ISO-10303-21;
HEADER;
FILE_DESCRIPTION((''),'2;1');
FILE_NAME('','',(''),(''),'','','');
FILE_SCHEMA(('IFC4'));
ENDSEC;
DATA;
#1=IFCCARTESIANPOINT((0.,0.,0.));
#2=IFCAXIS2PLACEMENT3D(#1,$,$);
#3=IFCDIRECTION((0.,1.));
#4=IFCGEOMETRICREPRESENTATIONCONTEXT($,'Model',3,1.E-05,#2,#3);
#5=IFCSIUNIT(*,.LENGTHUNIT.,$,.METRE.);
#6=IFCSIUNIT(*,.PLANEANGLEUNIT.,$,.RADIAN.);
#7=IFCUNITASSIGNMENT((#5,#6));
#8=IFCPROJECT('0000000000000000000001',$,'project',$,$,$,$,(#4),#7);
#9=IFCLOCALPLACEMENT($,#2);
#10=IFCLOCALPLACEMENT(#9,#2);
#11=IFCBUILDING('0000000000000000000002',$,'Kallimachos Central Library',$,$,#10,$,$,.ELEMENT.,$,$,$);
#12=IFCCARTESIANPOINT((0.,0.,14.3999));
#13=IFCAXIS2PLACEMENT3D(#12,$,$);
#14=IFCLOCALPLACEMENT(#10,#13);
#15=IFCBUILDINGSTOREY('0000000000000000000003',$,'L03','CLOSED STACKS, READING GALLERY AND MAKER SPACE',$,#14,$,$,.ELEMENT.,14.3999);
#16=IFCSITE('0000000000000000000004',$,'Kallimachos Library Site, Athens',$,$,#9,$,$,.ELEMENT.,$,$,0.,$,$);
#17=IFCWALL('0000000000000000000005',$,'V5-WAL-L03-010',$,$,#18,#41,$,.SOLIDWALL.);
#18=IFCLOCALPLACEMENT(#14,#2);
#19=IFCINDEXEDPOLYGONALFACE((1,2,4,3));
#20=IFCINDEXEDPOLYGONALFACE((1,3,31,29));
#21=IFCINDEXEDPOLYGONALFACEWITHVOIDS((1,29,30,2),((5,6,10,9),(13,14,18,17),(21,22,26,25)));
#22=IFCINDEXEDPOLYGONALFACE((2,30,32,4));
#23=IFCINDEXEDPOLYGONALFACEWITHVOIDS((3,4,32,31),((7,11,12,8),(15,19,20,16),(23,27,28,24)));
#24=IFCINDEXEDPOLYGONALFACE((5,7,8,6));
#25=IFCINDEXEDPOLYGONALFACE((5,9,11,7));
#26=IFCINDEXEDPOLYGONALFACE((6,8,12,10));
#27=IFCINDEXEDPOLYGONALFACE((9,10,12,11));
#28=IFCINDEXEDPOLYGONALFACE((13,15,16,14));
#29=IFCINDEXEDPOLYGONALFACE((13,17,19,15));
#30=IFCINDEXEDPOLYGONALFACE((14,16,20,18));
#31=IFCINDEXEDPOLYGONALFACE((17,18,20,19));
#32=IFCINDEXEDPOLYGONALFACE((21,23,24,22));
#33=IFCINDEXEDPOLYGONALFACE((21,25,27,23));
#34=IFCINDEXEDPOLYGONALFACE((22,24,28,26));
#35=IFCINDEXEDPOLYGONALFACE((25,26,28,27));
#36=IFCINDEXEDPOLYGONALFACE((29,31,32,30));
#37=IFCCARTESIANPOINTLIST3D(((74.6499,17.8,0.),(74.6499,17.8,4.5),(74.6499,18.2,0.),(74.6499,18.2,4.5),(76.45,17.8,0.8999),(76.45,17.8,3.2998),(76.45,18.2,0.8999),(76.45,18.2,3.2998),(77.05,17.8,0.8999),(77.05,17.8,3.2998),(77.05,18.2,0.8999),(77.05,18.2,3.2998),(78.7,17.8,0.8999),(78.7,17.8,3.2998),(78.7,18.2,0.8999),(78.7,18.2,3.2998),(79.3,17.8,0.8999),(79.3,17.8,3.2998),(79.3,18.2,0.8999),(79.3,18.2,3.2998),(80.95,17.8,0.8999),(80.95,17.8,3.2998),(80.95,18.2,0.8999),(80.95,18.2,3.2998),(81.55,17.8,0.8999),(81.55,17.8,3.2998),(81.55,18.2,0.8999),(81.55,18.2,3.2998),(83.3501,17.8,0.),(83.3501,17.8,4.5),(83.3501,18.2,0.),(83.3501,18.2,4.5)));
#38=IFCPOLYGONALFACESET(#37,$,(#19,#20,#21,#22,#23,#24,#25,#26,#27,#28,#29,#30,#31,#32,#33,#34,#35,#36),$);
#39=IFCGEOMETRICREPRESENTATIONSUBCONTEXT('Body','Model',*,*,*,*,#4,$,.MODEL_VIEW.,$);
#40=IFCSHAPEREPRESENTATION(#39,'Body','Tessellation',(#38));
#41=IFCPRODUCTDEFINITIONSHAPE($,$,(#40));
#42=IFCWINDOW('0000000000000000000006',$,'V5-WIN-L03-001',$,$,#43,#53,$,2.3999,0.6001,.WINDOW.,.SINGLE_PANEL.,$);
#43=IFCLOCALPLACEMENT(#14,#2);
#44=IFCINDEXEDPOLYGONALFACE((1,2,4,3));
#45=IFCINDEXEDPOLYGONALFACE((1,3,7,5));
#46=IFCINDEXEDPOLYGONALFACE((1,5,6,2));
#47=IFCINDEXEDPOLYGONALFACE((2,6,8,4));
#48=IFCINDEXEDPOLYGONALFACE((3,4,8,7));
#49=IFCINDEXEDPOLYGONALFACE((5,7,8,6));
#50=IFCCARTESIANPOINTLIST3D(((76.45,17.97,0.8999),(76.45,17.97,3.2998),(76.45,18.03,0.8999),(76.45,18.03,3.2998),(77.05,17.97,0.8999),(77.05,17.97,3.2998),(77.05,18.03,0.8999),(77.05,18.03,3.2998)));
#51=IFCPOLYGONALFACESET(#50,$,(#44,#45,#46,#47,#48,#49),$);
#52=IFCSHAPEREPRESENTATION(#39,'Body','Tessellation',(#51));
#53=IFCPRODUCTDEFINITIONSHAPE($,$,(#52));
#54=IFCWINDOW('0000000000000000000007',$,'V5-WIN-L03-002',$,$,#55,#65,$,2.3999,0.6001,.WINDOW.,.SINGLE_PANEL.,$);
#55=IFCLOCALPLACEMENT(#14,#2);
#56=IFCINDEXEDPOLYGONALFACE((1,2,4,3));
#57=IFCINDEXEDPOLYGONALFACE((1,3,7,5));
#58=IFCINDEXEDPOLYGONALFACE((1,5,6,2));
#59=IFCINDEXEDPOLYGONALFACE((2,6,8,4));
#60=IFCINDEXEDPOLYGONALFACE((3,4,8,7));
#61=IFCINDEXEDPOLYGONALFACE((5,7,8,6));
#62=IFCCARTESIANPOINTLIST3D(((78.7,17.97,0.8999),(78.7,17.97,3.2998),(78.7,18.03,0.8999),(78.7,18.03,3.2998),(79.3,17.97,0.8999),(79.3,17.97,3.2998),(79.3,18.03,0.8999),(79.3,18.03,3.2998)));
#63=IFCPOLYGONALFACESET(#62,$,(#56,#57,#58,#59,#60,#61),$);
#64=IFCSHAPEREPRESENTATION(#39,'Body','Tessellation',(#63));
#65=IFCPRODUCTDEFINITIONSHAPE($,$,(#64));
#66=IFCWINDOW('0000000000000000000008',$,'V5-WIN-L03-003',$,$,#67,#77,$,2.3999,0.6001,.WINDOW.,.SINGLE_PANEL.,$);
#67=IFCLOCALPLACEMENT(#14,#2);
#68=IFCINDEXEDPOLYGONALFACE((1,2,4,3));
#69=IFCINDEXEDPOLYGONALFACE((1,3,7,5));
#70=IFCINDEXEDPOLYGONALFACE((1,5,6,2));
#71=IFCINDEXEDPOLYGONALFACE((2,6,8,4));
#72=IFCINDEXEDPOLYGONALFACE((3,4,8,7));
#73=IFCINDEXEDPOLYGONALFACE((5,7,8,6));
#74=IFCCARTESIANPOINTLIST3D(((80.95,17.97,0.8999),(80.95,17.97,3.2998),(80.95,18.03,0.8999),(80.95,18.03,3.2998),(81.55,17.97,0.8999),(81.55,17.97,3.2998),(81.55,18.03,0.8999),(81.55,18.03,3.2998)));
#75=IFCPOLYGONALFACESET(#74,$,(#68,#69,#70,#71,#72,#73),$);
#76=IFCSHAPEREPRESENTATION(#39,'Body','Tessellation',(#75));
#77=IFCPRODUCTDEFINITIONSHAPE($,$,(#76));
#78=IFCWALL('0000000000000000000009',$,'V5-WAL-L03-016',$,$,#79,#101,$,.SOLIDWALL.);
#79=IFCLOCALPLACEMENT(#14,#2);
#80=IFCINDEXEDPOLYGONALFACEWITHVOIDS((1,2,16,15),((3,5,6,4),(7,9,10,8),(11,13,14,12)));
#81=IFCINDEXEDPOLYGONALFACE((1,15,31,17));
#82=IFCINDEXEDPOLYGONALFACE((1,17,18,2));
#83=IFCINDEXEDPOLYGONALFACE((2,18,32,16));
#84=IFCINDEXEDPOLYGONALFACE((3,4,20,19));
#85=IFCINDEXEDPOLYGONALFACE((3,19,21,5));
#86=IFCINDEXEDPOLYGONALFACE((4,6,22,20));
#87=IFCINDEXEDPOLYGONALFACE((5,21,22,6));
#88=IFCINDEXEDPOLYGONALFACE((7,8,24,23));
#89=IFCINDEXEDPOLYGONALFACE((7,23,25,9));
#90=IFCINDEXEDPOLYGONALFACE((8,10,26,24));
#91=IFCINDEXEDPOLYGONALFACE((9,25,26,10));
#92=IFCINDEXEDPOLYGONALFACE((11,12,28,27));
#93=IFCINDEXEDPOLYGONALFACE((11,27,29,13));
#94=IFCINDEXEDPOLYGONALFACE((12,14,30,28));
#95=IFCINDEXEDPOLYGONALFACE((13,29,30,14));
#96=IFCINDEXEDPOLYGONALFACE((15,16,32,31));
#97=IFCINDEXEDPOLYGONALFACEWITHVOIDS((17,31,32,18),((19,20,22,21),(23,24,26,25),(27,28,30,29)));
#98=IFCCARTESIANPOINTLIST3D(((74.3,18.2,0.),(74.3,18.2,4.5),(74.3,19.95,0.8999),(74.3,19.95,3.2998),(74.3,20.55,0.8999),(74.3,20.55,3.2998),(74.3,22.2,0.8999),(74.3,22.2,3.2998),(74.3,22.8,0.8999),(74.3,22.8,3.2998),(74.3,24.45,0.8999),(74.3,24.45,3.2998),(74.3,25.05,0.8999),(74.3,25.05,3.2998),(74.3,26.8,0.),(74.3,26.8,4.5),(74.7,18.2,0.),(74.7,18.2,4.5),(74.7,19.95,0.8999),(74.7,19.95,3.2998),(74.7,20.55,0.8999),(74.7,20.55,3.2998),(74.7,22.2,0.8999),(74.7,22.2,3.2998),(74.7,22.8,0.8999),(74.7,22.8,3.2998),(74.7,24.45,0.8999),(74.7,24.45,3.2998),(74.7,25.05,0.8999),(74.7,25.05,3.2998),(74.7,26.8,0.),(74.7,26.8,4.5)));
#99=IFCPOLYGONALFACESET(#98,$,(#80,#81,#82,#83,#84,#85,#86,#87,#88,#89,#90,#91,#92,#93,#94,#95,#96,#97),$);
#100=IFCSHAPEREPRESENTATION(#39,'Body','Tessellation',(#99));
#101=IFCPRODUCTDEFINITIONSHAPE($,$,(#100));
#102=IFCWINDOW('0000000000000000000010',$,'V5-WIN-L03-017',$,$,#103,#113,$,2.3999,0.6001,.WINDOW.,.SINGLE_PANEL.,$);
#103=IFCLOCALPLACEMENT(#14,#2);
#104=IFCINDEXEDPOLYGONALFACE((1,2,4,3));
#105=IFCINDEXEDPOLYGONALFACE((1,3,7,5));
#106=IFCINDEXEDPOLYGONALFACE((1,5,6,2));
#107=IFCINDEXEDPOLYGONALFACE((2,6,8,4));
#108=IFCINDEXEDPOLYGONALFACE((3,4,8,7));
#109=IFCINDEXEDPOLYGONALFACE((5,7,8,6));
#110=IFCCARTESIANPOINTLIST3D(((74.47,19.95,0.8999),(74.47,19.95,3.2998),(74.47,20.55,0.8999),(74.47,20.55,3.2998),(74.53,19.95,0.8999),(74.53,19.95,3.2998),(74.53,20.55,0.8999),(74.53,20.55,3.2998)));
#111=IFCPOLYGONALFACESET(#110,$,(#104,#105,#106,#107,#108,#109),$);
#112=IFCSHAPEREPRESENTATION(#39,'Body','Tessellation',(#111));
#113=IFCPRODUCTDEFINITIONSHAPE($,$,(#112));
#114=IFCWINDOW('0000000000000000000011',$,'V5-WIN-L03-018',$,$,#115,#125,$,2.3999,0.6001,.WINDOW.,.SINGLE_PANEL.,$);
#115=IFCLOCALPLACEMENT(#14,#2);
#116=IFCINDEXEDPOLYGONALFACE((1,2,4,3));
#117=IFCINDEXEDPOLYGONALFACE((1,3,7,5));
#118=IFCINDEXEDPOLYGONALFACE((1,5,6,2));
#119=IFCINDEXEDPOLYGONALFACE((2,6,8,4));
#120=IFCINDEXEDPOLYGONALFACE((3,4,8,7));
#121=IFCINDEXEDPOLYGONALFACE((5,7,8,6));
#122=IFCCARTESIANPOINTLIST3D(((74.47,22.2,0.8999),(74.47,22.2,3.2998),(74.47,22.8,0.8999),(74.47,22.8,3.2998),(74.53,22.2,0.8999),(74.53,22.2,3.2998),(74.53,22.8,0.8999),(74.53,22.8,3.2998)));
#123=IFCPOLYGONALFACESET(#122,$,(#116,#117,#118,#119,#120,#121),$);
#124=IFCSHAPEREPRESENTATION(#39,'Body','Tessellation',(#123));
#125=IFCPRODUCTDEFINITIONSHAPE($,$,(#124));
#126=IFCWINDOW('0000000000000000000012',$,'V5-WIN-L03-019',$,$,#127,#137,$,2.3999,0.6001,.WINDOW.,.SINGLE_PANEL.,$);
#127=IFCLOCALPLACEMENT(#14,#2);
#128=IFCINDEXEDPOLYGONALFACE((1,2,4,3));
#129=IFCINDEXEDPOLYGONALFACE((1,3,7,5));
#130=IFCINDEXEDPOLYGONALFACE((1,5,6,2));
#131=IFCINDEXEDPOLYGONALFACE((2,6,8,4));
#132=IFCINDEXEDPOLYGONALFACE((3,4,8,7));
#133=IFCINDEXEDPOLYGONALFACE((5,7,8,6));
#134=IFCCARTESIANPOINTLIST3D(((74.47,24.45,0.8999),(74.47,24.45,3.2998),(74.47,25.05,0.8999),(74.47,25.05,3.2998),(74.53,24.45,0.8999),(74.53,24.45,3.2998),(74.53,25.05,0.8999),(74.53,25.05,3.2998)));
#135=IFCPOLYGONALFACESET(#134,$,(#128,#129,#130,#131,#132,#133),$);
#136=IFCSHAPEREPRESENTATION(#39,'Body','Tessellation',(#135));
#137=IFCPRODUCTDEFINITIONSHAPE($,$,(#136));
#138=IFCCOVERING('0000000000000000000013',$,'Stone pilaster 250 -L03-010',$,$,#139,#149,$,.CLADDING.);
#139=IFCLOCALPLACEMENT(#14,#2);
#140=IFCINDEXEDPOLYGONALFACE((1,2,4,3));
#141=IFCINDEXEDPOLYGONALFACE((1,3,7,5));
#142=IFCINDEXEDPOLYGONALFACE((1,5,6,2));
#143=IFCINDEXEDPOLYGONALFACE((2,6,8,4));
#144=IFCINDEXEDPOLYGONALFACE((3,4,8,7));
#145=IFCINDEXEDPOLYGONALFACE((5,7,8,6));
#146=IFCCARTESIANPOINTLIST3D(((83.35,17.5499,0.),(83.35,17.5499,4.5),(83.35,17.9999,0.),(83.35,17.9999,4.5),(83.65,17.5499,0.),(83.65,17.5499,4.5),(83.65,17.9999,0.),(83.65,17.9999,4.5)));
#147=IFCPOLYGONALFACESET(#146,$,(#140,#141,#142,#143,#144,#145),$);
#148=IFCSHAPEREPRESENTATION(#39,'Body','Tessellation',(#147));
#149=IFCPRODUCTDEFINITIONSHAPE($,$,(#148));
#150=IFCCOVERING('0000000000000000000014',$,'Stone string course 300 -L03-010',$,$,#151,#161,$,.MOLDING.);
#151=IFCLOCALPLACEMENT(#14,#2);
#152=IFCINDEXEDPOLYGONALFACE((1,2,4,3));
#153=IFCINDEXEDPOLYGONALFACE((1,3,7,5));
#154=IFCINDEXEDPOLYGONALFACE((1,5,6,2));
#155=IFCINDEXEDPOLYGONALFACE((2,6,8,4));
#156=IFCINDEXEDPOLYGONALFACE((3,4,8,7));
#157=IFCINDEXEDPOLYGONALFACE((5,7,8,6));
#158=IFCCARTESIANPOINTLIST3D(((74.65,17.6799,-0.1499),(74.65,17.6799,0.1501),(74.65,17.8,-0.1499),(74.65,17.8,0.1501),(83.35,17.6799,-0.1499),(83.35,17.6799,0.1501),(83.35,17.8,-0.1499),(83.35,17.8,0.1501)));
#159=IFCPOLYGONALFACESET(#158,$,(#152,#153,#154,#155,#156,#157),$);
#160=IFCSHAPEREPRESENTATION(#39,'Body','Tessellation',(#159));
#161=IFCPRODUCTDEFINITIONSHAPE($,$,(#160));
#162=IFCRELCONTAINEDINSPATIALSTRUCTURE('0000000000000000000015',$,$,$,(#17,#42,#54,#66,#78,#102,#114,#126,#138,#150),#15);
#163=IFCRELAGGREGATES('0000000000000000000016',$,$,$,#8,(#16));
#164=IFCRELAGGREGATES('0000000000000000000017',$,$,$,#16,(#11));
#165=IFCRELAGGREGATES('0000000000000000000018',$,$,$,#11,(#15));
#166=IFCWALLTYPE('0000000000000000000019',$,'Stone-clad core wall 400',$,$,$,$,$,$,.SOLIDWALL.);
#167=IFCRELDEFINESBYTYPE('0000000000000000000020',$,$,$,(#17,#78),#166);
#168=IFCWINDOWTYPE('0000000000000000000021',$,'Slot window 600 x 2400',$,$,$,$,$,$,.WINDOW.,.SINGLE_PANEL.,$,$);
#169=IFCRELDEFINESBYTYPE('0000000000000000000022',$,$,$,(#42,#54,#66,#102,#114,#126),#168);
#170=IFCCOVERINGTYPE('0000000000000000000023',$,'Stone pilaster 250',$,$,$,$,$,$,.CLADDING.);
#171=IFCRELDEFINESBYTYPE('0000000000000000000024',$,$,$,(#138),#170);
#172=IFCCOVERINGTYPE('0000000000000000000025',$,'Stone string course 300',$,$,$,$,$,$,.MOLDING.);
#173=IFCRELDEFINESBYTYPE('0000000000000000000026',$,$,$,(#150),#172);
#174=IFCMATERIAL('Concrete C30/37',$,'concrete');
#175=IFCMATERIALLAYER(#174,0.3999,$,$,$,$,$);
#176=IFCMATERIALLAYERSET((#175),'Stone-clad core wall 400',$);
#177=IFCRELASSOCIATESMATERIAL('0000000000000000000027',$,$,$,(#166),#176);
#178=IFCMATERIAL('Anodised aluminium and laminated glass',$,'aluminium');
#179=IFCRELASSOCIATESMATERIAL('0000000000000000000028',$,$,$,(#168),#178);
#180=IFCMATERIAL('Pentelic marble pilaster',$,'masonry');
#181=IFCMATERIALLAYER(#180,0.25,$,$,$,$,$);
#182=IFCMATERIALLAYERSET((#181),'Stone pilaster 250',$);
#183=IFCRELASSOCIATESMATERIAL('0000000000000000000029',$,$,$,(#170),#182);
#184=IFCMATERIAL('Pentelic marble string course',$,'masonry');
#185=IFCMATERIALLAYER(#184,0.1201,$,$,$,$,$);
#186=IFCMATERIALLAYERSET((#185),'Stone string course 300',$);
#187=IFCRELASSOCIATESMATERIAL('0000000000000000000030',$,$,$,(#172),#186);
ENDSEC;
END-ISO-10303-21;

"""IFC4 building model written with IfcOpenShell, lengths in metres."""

from ifc_helpers import new_model, si_unit, direction, frame, frame_2d, origin, origin_2d, place, context, subcontext, project, spatial, rectangle, extrude, material, layer, layer_set, type_object, element, fill, save


model = new_model("IFC4")

# Units and contexts
model_context = context("Model", 3, precision=1e-05, world=origin(), true_north=direction((0.0, 1.0)))
body_context = subcontext(model_context, "Body", "Model", "MODEL_VIEW")
ifc_project = project(units=[si_unit("LENGTHUNIT", "METRE"), si_unit("PLANEANGLEUNIT", "RADIAN")], contexts=[model_context])

# Site, building, storey
site_placement = place(None, origin())
site = spatial("IfcSite", under=ifc_project, at=site_placement, Name="Kallimachos Library Site, Athens", CompositionType="ELEMENT", RefElevation=0.0)
building_placement = place(site_placement, origin())
building = spatial("IfcBuilding", under=site, at=building_placement, Name="Kallimachos Central Library", CompositionType="ELEMENT")
storey_placement = place(building_placement, frame((0.0, 0.0, 14.3999)))
storey = spatial("IfcBuildingStorey", under=building, at=storey_placement, Name="L03", Description="CLOSED STACKS, READING GALLERY AND MAKER SPACE", CompositionType="ELEMENT", Elevation=14.3999)

# Walls, openings, windows
ifc_material_1 = material(Name="Concrete C30/37", Category="concrete")
ifc_layer_1 = layer(ifc_material_1, 0.3999)
ifc_layer_set_1 = layer_set([ifc_layer_1], Name="Stone-clad core wall 400")
wall_type_1 = type_object("IfcWallType", Name="Stone-clad core wall 400", PredefinedType="SOLIDWALL", material=ifc_layer_set_1)
wall_1_placement = place(storey_placement, frame((74.6499, 18.0, 0.0), z_axis=(0.0, 0.0, 1.0), x_axis=(1.0, 0.0, 0.0)))
wall_1 = element("IfcWall", 1, at=wall_1_placement, inside=storey, type_object=wall_type_1, Name="V5-WAL-L03-010", PredefinedType="SOLIDWALL", context=body_context, shape_type="SweptSolid", body=[
    extrude(rectangle(XDim=8.7002, YDim=0.3999, at=frame_2d((4.3501, 0.0))), origin(), (0.0, 0.0, 1.0), 4.5),
])
opening_1_placement = place(wall_1_placement, frame((1.8, 0.0, 0.8999)))
opening_1 = element("IfcOpeningElement", 2, at=opening_1_placement, cuts=wall_1, PredefinedType="OPENING", context=body_context, shape_type="SweptSolid", body=[
    extrude(rectangle(XDim=0.6001, YDim=2.3999, at=frame_2d((0.3, 1.2))), frame((0.0, 0.21, 0.0), z_axis=(0.0, -1.0, 0.0), x_axis=(1.0, 0.0, 0.0)), (0.0, 0.0, 1.0), 0.4199),
])
opening_2_placement = place(wall_1_placement, frame((4.05, 0.0, 0.8999)))
opening_2 = element("IfcOpeningElement", 3, at=opening_2_placement, cuts=wall_1, PredefinedType="OPENING", context=body_context, shape_type="SweptSolid", body=[
    extrude(rectangle(XDim=0.6001, YDim=2.3999, at=frame_2d((0.3, 1.2))), frame((0.0, 0.21, 0.0), z_axis=(0.0, -1.0, 0.0), x_axis=(1.0, 0.0, 0.0)), (0.0, 0.0, 1.0), 0.4199),
])
opening_3_placement = place(wall_1_placement, frame((6.3, 0.0, 0.8999)))
opening_3 = element("IfcOpeningElement", 4, at=opening_3_placement, cuts=wall_1, PredefinedType="OPENING", context=body_context, shape_type="SweptSolid", body=[
    extrude(rectangle(XDim=0.6001, YDim=2.3999, at=frame_2d((0.3, 1.2))), frame((0.0, 0.21, 0.0), z_axis=(0.0, -1.0, 0.0), x_axis=(1.0, 0.0, 0.0)), (0.0, 0.0, 1.0), 0.4199),
])
ifc_material_2 = material(Name="Anodised aluminium and laminated glass", Category="aluminium")
window_type = type_object("IfcWindowType", Name="Slot window 600 x 2400", PartitioningType="SINGLE_PANEL", PredefinedType="WINDOW", material=ifc_material_2)
window_1_placement = place(opening_1_placement, origin())
window_1 = element("IfcWindow", 5, at=window_1_placement, inside=storey, type_object=window_type, Name="V5-WIN-L03-001", OverallHeight=2.3999, OverallWidth=0.6001, PartitioningType="SINGLE_PANEL", PredefinedType="WINDOW", context=body_context, shape_type="SweptSolid", body=[
    extrude(rectangle(XDim=0.6001, YDim=2.3999, at=frame_2d((0.3, 1.2))), frame((0.0, 0.03, 0.0), z_axis=(0.0, -1.0, 0.0), x_axis=(1.0, 0.0, 0.0)), (0.0, 0.0, 1.0), 0.0601),
])
fill(opening_1, window_1)
window_2_placement = place(opening_2_placement, origin())
window_2 = element("IfcWindow", 6, at=window_2_placement, inside=storey, type_object=window_type, Name="V5-WIN-L03-002", OverallHeight=2.3999, OverallWidth=0.6001, PartitioningType="SINGLE_PANEL", PredefinedType="WINDOW", context=body_context, shape_type="SweptSolid", body=[
    extrude(rectangle(XDim=0.6001, YDim=2.3999, at=frame_2d((0.3, 1.2))), frame((0.0, 0.03, 0.0), z_axis=(0.0, -1.0, 0.0), x_axis=(1.0, 0.0, 0.0)), (0.0, 0.0, 1.0), 0.0601),
])
fill(opening_2, window_2)
window_3_placement = place(opening_3_placement, origin())
window_3 = element("IfcWindow", 7, at=window_3_placement, inside=storey, type_object=window_type, Name="V5-WIN-L03-003", OverallHeight=2.3999, OverallWidth=0.6001, PartitioningType="SINGLE_PANEL", PredefinedType="WINDOW", context=body_context, shape_type="SweptSolid", body=[
    extrude(rectangle(XDim=0.6001, YDim=2.3999, at=frame_2d((0.3, 1.2))), frame((0.0, 0.03, 0.0), z_axis=(0.0, -1.0, 0.0), x_axis=(1.0, 0.0, 0.0)), (0.0, 0.0, 1.0), 0.0601),
])
fill(opening_3, window_3)
wall_2_placement = place(storey_placement, frame((74.5, 18.2, 0.0), z_axis=(0.0, 0.0, 1.0), x_axis=(0.0, 1.0, 0.0)))
wall_2 = element("IfcWall", 8, at=wall_2_placement, inside=storey, type_object=wall_type_1, Name="V5-WAL-L03-016", PredefinedType="SOLIDWALL", context=body_context, shape_type="SweptSolid", body=[
    extrude(rectangle(XDim=8.6001, YDim=0.3999, at=frame_2d((4.3, 0.0))), origin(), (0.0, 0.0, 1.0), 4.5),
])
opening_4_placement = place(wall_2_placement, frame((1.75, 0.0, 0.8999)))
opening_4 = element("IfcOpeningElement", 9, at=opening_4_placement, cuts=wall_2, PredefinedType="OPENING", context=body_context, shape_type="SweptSolid", body=[
    extrude(rectangle(XDim=0.6001, YDim=2.3999, at=frame_2d((0.3, 1.2))), frame((0.0, 0.21, 0.0), z_axis=(0.0, -1.0, 0.0), x_axis=(1.0, 0.0, 0.0)), (0.0, 0.0, 1.0), 0.4199),
])
opening_5_placement = place(wall_2_placement, frame((4.0, 0.0, 0.8999)))
opening_5 = element("IfcOpeningElement", 10, at=opening_5_placement, cuts=wall_2, PredefinedType="OPENING", context=body_context, shape_type="SweptSolid", body=[
    extrude(rectangle(XDim=0.6001, YDim=2.3999, at=frame_2d((0.3, 1.2))), frame((0.0, 0.21, 0.0), z_axis=(0.0, -1.0, 0.0), x_axis=(1.0, 0.0, 0.0)), (0.0, 0.0, 1.0), 0.4199),
])
opening_6_placement = place(wall_2_placement, frame((6.25, 0.0, 0.8999)))
opening_6 = element("IfcOpeningElement", 11, at=opening_6_placement, cuts=wall_2, PredefinedType="OPENING", context=body_context, shape_type="SweptSolid", body=[
    extrude(rectangle(XDim=0.6001, YDim=2.3999, at=frame_2d((0.3, 1.2))), frame((0.0, 0.21, 0.0), z_axis=(0.0, -1.0, 0.0), x_axis=(1.0, 0.0, 0.0)), (0.0, 0.0, 1.0), 0.4199),
])
window_4_placement = place(opening_4_placement, origin())
window_4 = element("IfcWindow", 12, at=window_4_placement, inside=storey, type_object=window_type, Name="V5-WIN-L03-017", OverallHeight=2.3999, OverallWidth=0.6001, PartitioningType="SINGLE_PANEL", PredefinedType="WINDOW", context=body_context, shape_type="SweptSolid", body=[
    extrude(rectangle(XDim=0.6001, YDim=2.3999, at=frame_2d((0.3, 1.2))), frame((0.0, 0.03, 0.0), z_axis=(0.0, -1.0, 0.0), x_axis=(1.0, 0.0, 0.0)), (0.0, 0.0, 1.0), 0.0601),
])
fill(opening_4, window_4)
window_5_placement = place(opening_5_placement, origin())
window_5 = element("IfcWindow", 13, at=window_5_placement, inside=storey, type_object=window_type, Name="V5-WIN-L03-018", OverallHeight=2.3999, OverallWidth=0.6001, PartitioningType="SINGLE_PANEL", PredefinedType="WINDOW", context=body_context, shape_type="SweptSolid", body=[
    extrude(rectangle(XDim=0.6001, YDim=2.3999, at=frame_2d((0.3, 1.2))), frame((0.0, 0.03, 0.0), z_axis=(0.0, -1.0, 0.0), x_axis=(1.0, 0.0, 0.0)), (0.0, 0.0, 1.0), 0.0601),
])
fill(opening_5, window_5)
window_6_placement = place(opening_6_placement, origin())
window_6 = element("IfcWindow", 14, at=window_6_placement, inside=storey, type_object=window_type, Name="V5-WIN-L03-019", OverallHeight=2.3999, OverallWidth=0.6001, PartitioningType="SINGLE_PANEL", PredefinedType="WINDOW", context=body_context, shape_type="SweptSolid", body=[
    extrude(rectangle(XDim=0.6001, YDim=2.3999, at=frame_2d((0.3, 1.2))), frame((0.0, 0.03, 0.0), z_axis=(0.0, -1.0, 0.0), x_axis=(1.0, 0.0, 0.0)), (0.0, 0.0, 1.0), 0.0601),
])
fill(opening_6, window_6)

# Coverings
ifc_material_3 = material(Name="Pentelic marble pilaster", Category="masonry")
ifc_layer_2 = layer(ifc_material_3, 0.25)
ifc_layer_set_2 = layer_set([ifc_layer_2], Name="Stone pilaster 250")
covering_type_1 = type_object("IfcCoveringType", Name="Stone pilaster 250", PredefinedType="CLADDING", material=ifc_layer_set_2)
covering_1_placement = place(storey_placement, frame((83.5, 17.7749, 0.0), z_axis=(0.0, 0.0, 1.0), x_axis=(1.0, 0.0, 0.0)))
element("IfcCovering", 15, at=covering_1_placement, inside=storey, type_object=covering_type_1, Name="Stone pilaster 250 -L03-010", PredefinedType="CLADDING", context=body_context, shape_type="SweptSolid", body=[
    extrude(rectangle(XDim=0.3, YDim=0.45, at=origin_2d()), origin(), (0.0, 0.0, 1.0), 4.5),
])
ifc_material_4 = material(Name="Pentelic marble string course", Category="masonry")
ifc_layer_3 = layer(ifc_material_4, 0.1201)
ifc_layer_set_3 = layer_set([ifc_layer_3], Name="Stone string course 300")
covering_type_2 = type_object("IfcCoveringType", Name="Stone string course 300", PredefinedType="MOLDING", material=ifc_layer_set_3)
covering_2_placement = place(storey_placement, frame((79.0, 17.74, -0.1499), z_axis=(0.0, 0.0, 1.0), x_axis=(1.0, 0.0, 0.0)))
element("IfcCovering", 16, at=covering_2_placement, inside=storey, type_object=covering_type_2, Name="Stone string course 300 -L03-010", PredefinedType="MOLDING", context=body_context, shape_type="SweptSolid", body=[
    extrude(rectangle(XDim=8.7, YDim=0.1201, at=origin_2d()), origin(), (0.0, 0.0, 1.0), 0.3),
])

save(model, "model.ifc")
